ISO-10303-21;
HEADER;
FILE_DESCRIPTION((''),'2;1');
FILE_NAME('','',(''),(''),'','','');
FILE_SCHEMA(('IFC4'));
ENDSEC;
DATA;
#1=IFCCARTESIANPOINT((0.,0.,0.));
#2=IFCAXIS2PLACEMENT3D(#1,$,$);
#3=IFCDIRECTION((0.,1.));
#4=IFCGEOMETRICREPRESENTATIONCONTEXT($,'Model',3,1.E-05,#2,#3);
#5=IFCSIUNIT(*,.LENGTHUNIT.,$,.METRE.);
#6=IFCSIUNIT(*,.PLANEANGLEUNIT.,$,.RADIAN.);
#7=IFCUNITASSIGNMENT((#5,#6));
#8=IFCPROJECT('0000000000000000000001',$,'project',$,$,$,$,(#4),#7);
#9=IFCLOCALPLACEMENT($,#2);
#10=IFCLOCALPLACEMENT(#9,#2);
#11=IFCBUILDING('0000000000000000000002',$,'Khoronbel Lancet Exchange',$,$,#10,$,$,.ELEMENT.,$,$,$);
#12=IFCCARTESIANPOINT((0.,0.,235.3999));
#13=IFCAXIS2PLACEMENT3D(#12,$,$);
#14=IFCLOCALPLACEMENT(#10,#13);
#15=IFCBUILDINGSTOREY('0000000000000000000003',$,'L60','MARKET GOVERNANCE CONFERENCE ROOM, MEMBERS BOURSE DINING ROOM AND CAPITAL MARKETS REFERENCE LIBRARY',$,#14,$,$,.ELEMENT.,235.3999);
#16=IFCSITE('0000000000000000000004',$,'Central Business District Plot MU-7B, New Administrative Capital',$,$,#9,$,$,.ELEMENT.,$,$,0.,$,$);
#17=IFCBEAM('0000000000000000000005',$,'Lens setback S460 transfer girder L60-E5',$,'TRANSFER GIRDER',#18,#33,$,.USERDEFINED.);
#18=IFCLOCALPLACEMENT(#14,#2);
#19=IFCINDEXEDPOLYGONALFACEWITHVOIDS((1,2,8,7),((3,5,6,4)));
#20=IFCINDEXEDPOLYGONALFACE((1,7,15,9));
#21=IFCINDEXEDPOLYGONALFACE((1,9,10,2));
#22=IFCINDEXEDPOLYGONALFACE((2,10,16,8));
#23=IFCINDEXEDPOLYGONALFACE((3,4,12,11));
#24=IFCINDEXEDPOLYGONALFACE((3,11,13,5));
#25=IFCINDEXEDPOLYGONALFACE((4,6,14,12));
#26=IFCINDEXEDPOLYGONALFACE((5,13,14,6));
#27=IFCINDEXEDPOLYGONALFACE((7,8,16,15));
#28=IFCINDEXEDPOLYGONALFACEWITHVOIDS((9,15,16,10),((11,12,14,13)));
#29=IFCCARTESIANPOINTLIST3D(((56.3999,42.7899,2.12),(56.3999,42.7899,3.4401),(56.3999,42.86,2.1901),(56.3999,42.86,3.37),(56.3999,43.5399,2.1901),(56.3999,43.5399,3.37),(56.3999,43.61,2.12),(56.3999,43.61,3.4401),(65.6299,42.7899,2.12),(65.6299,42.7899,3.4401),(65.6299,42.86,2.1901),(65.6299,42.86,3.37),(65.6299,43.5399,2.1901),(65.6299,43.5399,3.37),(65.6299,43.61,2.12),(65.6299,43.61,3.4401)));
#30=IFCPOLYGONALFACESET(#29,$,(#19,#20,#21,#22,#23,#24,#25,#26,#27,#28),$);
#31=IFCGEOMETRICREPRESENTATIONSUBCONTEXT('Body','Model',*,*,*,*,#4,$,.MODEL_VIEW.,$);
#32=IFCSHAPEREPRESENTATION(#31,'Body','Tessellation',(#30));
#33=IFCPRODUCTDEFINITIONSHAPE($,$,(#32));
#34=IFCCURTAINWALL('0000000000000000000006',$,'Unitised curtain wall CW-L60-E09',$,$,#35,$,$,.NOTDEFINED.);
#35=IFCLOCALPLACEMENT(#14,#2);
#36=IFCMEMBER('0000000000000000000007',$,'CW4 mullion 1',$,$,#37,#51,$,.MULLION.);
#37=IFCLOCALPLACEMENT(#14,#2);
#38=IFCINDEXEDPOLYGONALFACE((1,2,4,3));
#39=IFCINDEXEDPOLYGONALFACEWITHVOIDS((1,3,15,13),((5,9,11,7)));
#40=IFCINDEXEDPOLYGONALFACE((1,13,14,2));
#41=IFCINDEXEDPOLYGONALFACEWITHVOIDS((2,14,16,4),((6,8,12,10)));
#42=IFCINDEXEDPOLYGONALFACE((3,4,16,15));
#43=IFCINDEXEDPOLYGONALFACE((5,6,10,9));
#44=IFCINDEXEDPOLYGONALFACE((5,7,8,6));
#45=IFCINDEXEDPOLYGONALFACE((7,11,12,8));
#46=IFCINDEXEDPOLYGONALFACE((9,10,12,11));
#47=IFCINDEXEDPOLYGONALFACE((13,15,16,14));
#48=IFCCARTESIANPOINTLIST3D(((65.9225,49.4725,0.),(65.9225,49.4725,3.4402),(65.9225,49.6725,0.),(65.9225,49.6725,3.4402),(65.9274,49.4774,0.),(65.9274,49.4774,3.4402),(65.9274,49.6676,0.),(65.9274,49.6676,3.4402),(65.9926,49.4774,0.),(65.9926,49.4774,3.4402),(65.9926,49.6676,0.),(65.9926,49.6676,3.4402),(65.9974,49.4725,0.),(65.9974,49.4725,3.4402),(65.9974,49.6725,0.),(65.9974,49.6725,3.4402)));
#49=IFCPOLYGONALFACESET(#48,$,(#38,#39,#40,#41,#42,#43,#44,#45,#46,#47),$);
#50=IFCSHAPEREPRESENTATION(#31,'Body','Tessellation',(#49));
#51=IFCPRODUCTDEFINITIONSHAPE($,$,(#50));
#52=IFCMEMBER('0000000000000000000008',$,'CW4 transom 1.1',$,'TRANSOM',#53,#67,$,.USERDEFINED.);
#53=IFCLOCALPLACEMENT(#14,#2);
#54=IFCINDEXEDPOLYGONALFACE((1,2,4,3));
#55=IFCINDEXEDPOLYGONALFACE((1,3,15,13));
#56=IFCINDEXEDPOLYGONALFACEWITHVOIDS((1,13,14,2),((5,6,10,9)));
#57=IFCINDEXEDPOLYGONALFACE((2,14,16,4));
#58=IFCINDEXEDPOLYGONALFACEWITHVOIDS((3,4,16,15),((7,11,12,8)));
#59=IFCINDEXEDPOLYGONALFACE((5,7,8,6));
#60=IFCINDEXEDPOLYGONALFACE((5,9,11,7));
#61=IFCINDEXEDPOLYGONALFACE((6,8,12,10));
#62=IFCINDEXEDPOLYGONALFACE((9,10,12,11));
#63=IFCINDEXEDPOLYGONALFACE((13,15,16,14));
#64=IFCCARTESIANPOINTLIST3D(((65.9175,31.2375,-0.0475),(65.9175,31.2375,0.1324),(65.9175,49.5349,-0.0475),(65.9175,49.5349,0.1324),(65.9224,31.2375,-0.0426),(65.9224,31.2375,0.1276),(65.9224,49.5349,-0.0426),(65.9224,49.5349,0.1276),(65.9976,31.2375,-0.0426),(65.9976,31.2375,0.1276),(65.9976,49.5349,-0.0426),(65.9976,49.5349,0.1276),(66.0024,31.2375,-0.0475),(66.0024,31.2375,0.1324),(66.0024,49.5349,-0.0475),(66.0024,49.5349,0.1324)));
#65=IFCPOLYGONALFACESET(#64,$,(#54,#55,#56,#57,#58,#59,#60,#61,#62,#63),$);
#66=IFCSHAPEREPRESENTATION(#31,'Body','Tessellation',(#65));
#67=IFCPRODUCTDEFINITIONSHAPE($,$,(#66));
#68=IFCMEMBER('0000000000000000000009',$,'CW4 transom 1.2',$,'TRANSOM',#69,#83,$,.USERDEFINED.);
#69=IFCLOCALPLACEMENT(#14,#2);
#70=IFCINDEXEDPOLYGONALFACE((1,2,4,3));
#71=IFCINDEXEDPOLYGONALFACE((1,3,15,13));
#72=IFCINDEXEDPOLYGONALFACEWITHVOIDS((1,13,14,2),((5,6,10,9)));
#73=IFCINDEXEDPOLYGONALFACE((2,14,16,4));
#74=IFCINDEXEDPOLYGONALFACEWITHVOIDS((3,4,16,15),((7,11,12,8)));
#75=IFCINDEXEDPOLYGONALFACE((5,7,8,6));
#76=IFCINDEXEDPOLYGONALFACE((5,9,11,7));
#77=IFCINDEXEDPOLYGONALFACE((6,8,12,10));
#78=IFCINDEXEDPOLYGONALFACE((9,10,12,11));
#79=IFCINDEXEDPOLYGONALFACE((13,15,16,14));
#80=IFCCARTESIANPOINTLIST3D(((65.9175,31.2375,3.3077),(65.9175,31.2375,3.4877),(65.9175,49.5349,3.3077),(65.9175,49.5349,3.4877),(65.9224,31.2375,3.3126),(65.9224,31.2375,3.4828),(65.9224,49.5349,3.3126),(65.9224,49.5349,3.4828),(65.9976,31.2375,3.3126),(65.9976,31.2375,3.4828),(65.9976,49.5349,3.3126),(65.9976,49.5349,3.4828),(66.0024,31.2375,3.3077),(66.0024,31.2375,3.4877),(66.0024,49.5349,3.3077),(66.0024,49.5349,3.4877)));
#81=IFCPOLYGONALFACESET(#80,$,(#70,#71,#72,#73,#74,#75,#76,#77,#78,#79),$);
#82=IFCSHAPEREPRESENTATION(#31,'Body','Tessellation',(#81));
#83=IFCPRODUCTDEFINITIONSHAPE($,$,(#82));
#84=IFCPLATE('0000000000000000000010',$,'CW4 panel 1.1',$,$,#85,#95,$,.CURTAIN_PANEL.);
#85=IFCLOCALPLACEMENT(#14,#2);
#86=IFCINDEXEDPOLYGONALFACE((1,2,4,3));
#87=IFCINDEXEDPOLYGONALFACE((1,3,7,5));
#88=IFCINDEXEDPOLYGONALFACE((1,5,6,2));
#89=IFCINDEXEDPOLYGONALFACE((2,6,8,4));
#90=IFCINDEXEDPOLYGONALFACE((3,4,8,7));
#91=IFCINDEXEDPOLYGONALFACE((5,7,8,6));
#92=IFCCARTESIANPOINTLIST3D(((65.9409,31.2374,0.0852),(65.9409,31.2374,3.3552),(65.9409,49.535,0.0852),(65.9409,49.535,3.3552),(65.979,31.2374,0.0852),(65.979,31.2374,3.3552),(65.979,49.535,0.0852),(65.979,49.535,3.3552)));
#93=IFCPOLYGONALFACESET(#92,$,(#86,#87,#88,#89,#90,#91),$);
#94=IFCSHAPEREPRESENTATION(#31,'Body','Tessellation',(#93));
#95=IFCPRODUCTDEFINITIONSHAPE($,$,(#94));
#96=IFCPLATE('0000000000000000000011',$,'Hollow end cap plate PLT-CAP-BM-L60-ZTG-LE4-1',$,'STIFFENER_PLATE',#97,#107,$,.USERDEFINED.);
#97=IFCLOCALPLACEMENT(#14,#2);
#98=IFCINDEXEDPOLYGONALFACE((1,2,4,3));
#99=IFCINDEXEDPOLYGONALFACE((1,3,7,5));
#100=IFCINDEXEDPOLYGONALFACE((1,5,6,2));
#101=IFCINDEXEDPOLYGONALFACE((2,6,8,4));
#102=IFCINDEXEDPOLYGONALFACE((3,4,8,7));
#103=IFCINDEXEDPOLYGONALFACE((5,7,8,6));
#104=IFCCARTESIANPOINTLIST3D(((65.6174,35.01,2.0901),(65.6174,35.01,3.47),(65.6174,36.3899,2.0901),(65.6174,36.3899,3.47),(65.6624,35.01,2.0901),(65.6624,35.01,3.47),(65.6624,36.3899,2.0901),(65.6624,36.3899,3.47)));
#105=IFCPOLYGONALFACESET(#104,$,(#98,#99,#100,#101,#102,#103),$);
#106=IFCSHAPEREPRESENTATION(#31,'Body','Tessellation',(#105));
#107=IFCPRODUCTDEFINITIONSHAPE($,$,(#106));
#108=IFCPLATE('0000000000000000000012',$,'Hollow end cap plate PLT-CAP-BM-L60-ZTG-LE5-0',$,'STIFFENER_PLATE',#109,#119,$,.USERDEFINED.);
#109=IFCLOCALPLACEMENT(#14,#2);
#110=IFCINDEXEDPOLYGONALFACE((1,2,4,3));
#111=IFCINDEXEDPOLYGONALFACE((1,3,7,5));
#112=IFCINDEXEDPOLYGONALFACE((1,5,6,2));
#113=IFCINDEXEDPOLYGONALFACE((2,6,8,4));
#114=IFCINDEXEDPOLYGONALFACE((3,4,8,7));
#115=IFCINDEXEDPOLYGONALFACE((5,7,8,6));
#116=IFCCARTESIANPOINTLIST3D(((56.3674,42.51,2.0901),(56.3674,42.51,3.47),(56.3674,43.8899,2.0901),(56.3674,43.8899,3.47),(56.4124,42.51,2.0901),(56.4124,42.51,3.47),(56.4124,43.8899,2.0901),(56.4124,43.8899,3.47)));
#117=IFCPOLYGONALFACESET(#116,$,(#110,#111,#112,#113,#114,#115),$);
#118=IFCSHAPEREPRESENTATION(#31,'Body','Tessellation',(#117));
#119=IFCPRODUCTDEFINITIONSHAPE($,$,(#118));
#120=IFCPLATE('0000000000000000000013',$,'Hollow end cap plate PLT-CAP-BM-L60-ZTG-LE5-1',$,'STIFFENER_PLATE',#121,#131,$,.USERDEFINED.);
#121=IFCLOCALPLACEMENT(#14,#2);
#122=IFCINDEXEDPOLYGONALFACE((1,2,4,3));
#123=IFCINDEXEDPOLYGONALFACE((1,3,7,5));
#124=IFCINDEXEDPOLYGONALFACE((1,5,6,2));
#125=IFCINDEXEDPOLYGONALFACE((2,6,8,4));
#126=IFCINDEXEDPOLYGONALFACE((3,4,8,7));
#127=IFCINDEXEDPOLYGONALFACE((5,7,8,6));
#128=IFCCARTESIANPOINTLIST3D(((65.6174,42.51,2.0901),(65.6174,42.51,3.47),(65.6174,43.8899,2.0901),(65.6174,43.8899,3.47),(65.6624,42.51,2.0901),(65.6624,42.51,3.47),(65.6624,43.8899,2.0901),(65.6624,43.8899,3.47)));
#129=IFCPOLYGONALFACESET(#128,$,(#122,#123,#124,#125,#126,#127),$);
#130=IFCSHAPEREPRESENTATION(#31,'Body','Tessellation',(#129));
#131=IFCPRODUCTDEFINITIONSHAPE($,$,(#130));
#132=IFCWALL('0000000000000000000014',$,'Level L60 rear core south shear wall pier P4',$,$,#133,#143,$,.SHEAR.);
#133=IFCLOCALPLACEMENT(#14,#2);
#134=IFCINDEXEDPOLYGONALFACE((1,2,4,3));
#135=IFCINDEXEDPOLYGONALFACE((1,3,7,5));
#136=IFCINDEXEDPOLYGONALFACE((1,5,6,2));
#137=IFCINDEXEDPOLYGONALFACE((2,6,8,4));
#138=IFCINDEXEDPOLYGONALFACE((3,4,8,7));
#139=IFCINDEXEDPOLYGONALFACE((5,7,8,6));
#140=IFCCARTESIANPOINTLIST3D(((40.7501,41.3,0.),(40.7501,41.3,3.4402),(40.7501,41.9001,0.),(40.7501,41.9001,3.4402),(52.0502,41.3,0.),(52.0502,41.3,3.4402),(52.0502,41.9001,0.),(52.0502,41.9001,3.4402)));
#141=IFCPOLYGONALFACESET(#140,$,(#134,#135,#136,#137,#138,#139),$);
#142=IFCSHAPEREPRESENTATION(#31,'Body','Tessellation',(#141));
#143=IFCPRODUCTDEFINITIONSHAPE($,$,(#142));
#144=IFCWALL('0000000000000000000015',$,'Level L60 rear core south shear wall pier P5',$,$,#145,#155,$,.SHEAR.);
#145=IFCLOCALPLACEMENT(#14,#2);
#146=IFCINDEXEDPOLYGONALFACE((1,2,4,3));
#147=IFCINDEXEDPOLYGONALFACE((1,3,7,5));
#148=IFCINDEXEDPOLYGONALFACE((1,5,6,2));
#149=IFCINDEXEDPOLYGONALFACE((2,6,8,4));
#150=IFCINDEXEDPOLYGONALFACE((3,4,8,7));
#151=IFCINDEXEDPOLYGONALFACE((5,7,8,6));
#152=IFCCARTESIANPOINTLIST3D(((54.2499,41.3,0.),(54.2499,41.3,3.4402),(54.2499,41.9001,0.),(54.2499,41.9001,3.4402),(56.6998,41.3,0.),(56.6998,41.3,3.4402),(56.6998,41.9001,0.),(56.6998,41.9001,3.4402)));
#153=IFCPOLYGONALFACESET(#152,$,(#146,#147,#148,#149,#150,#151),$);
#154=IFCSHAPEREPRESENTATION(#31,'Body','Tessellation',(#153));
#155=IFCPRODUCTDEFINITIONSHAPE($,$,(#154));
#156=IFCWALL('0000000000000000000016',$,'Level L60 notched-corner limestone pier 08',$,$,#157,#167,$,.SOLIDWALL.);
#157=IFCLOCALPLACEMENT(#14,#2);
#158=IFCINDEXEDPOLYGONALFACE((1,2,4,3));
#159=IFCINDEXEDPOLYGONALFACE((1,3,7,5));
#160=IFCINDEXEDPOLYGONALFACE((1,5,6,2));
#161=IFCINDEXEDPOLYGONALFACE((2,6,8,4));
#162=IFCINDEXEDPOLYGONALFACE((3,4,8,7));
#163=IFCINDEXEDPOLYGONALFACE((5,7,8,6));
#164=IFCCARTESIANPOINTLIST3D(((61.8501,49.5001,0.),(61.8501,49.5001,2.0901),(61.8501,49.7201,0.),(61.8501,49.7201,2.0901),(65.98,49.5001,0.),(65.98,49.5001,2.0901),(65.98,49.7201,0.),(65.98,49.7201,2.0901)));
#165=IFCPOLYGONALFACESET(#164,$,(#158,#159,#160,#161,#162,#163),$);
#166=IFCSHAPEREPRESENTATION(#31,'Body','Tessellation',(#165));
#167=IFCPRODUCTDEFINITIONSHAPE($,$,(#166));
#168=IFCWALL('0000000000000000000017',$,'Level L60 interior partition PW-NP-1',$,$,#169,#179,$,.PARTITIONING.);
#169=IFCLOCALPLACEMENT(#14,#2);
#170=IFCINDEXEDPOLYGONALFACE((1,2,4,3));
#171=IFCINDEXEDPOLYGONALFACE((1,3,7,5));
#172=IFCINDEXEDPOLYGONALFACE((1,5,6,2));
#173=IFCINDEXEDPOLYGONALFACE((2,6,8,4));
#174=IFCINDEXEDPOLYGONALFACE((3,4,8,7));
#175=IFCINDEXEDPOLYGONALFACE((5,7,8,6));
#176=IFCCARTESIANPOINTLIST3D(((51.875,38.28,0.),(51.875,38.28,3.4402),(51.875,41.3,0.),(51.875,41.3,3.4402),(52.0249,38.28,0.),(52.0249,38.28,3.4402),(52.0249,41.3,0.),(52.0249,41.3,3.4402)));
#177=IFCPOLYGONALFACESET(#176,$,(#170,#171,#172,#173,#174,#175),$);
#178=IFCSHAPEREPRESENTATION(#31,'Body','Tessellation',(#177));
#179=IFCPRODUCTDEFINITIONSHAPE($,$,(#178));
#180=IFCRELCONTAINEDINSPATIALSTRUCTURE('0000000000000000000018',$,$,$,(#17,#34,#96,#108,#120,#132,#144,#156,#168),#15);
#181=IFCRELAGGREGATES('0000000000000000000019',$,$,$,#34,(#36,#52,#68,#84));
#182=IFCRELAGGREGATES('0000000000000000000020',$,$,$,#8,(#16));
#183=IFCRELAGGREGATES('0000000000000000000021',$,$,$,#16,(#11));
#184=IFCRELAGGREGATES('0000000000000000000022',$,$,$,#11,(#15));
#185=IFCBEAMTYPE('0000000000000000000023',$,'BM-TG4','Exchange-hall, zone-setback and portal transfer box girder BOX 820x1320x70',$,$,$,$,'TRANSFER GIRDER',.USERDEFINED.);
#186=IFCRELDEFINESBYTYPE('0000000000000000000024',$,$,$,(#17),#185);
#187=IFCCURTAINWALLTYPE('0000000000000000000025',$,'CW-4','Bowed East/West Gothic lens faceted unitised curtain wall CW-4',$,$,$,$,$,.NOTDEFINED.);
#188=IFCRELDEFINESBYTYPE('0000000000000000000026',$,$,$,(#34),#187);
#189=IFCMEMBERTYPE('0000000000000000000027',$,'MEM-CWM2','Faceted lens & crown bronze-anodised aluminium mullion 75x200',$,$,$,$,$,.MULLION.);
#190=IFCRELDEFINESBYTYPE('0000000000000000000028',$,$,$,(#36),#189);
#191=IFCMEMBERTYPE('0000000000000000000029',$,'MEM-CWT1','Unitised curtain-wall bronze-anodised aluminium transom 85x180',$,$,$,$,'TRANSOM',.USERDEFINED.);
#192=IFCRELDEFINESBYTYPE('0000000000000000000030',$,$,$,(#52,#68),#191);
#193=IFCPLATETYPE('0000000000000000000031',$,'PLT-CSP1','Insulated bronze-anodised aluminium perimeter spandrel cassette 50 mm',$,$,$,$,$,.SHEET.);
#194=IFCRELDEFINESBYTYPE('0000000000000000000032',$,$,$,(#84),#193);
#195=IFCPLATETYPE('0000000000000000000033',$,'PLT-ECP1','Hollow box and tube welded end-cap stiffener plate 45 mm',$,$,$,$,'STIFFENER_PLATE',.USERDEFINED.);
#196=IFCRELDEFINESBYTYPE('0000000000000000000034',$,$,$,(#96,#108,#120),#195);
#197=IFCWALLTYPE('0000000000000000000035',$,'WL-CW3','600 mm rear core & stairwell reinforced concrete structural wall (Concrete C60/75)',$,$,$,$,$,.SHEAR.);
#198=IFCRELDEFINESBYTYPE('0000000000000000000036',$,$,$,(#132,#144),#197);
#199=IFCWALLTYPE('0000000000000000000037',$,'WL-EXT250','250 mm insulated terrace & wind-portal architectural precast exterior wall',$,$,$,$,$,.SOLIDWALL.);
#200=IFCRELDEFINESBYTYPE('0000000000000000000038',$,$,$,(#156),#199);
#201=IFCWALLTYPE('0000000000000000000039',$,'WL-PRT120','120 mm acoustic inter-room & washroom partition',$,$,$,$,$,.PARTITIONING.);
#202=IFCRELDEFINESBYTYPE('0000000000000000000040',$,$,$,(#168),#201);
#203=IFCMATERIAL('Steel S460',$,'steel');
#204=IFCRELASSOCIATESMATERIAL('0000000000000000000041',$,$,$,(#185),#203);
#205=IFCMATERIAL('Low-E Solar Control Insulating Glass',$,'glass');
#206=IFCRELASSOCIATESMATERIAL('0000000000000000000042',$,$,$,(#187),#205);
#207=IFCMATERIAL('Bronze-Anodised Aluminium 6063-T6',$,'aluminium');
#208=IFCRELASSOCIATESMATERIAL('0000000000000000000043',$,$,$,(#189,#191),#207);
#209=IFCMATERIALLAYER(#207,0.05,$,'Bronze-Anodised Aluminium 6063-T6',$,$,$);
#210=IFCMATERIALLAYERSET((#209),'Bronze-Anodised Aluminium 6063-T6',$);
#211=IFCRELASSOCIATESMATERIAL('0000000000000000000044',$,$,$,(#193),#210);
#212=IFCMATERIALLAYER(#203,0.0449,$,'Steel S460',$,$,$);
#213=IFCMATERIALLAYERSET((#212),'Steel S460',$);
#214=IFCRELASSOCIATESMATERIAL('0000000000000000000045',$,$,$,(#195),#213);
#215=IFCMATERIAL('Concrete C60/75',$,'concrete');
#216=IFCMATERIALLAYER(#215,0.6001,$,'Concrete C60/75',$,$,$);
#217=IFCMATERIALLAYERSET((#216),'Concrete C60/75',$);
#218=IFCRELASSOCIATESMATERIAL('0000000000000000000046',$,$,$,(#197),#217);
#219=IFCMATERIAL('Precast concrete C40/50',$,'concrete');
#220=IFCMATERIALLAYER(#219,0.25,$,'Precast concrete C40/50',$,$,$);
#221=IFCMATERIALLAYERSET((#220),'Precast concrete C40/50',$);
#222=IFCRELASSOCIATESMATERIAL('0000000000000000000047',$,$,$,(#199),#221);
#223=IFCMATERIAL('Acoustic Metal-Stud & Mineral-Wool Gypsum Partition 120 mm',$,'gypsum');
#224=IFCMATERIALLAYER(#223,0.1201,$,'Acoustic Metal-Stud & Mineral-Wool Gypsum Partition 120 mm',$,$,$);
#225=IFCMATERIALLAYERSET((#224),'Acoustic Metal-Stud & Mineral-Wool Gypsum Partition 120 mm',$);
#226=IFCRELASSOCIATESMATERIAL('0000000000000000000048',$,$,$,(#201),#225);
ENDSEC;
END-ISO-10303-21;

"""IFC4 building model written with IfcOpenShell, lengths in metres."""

from ifc_helpers import new_model, si_unit, direction, frame, frame_2d, origin, origin_2d, place, context, subcontext, project, spatial, rectangle, hollow_rectangle, extrude, material, layer, layer_set, material_profile, profile_set, type_object, element, aggregate, save


model = new_model("IFC4")

# Units and contexts
model_context = context("Model", 3, precision=1e-05, world=origin(), true_north=direction((0.0, 1.0)))
body_context = subcontext(model_context, "Body", "Model", "MODEL_VIEW")
ifc_project = project(units=[si_unit("LENGTHUNIT", "METRE"), si_unit("PLANEANGLEUNIT", "RADIAN")], contexts=[model_context])

# Site, building, storey
site_placement = place(None, origin())
site = spatial("IfcSite", under=ifc_project, at=site_placement, Name="Central Business District Plot MU-7B, New Administrative Capital", CompositionType="ELEMENT", RefElevation=0.0)
building_placement = place(site_placement, origin())
building = spatial("IfcBuilding", under=site, at=building_placement, Name="Khoronbel Lancet Exchange", CompositionType="ELEMENT")
storey_placement = place(building_placement, frame((0.0, 0.0, 235.3999)))
storey = spatial("IfcBuildingStorey", under=building, at=storey_placement, Name="L60", Description="MARKET GOVERNANCE CONFERENCE ROOM, MEMBERS BOURSE DINING ROOM AND CAPITAL MARKETS REFERENCE LIBRARY", CompositionType="ELEMENT", Elevation=235.3999)

# Beam
ifc_material_1 = material(Name="Concrete C60/75", Category="concrete")
ifc_material_2 = material(Name="Steel S460", Category="steel")
ifc_material_profile_1 = material_profile(ifc_material_2, hollow_rectangle(XDim=0.8201, YDim=1.3201, WallThickness=0.0701, at=origin_2d()), Name="BOX 820x1320x70")
ifc_profile_set_1 = profile_set([ifc_material_profile_1], Name="Steel S460")
beam_type_1 = type_object("IfcBeamType", Name="BM-TG4", Description="Exchange-hall, zone-setback and portal transfer box girder BOX 820x1320x70", ElementType="TRANSFER GIRDER", PredefinedType="USERDEFINED", material=ifc_profile_set_1)
beam_1_placement = place(storey_placement, frame((56.3999, 43.2, 2.78), z_axis=(1.0, 0.0, 0.0), x_axis=(0.0, 1.0, 0.0)))
element("IfcBeam", 1, at=beam_1_placement, inside=storey, type_object=beam_type_1, Name="Lens setback S460 transfer girder L60-E5", ObjectType="TRANSFER GIRDER", PredefinedType="USERDEFINED", context=body_context, shape_type="SweptSolid", body=[
    extrude(hollow_rectangle(XDim=0.8201, YDim=1.3201, WallThickness=0.0701, at=origin_2d()), origin(), (0.0, 0.0, 1.0), 9.23),
])

# Curtain wall, members, plate
ifc_material_3 = material(Name="Low-E Solar Control Insulating Glass", Category="glass")
curtain_wall_type = type_object("IfcCurtainWallType", Name="CW-4", Description="Bowed East/West Gothic lens faceted unitised curtain wall CW-4", PredefinedType="NOTDEFINED", material=ifc_material_3)
curtain_wall_placement = place(storey_placement, origin())
curtain_wall = element("IfcCurtainWall", 2, at=curtain_wall_placement, inside=storey, type_object=curtain_wall_type, Name="Unitised curtain wall CW-L60-E09", PredefinedType="NOTDEFINED")
ifc_material_4 = material(Name="Bronze-Anodised Aluminium 6063-T6", Category="aluminium")
ifc_material_profile_2 = material_profile(ifc_material_4, hollow_rectangle(XDim=0.075, YDim=0.2, WallThickness=0.0049, at=origin_2d()), Name="ALU MULLION 75x200")
ifc_profile_set_2 = profile_set([ifc_material_profile_2], Name="Bronze-Anodised Aluminium 6063-T6")
member_type_1 = type_object("IfcMemberType", Name="MEM-CWM2", Description="Faceted lens & crown bronze-anodised aluminium mullion 75x200", PredefinedType="MULLION", material=ifc_profile_set_2)
member_1_placement = place(storey_placement, frame((65.96, 49.5725, 0.0), z_axis=(0.0, 0.0, 1.0), x_axis=(1.0, 0.0, 0.0)))
member_1 = element("IfcMember", 3, at=member_1_placement, type_object=member_type_1, Name="CW4 mullion 1", PredefinedType="MULLION", context=body_context, shape_type="SweptSolid", body=[
    extrude(hollow_rectangle(XDim=0.075, YDim=0.2, WallThickness=0.0049, at=origin_2d()), origin(), (0.0, 0.0, 1.0), 3.4402),
])
ifc_material_profile_3 = material_profile(ifc_material_4, hollow_rectangle(XDim=0.085, YDim=0.1799, WallThickness=0.0049, at=origin_2d()), Name="ALU TRANSOM 85x180")
ifc_profile_set_3 = profile_set([ifc_material_profile_3], Name="Bronze-Anodised Aluminium 6063-T6")
member_type_2 = type_object("IfcMemberType", Name="MEM-CWT1", Description="Unitised curtain-wall bronze-anodised aluminium transom 85x180", ElementType="TRANSOM", PredefinedType="USERDEFINED", material=ifc_profile_set_3)
member_2_placement = place(storey_placement, frame((65.96, 49.5349, 0.0425), z_axis=(0.0, -1.0, 0.0), x_axis=(1.0, 0.0, 0.0)))
member_2 = element("IfcMember", 4, at=member_2_placement, type_object=member_type_2, Name="CW4 transom 1.1", ObjectType="TRANSOM", PredefinedType="USERDEFINED", context=body_context, shape_type="SweptSolid", body=[
    extrude(hollow_rectangle(XDim=0.085, YDim=0.1799, WallThickness=0.0049, at=origin_2d()), origin(), (0.0, 0.0, 1.0), 18.2974),
])
member_3_placement = place(storey_placement, frame((65.96, 49.5349, 3.3977), z_axis=(0.0, -1.0, 0.0), x_axis=(1.0, 0.0, 0.0)))
member_3 = element("IfcMember", 5, at=member_3_placement, type_object=member_type_2, Name="CW4 transom 1.2", ObjectType="TRANSOM", PredefinedType="USERDEFINED", context=body_context, shape_type="SweptSolid", body=[
    extrude(hollow_rectangle(XDim=0.085, YDim=0.1799, WallThickness=0.0049, at=origin_2d()), origin(), (0.0, 0.0, 1.0), 18.2974),
])
ifc_layer_1 = layer(ifc_material_4, 0.05, Name="Bronze-Anodised Aluminium 6063-T6")
ifc_layer_set_1 = layer_set([ifc_layer_1], Name="Bronze-Anodised Aluminium 6063-T6")
plate_type_1 = type_object("IfcPlateType", Name="PLT-CSP1", Description="Insulated bronze-anodised aluminium perimeter spandrel cassette 50 mm", PredefinedType="SHEET", material=ifc_layer_set_1)
plate_placement = place(storey_placement, frame((65.96, 40.3862, 0.0852), z_axis=(0.0, 0.0, 1.0), x_axis=(0.0, -1.0, 0.0)))
plate = element("IfcPlate", 6, at=plate_placement, type_object=plate_type_1, Name="CW4 panel 1.1", PredefinedType="CURTAIN_PANEL", context=body_context, shape_type="SweptSolid", body=[
    extrude(rectangle(XDim=18.2976, YDim=0.0381, at=origin_2d()), origin(), (0.0, 0.0, 1.0), 3.27),
])
aggregate(curtain_wall, [member_1, member_2, member_3, plate])

# Plates
ifc_layer_2 = layer(ifc_material_2, 0.0449, Name="Steel S460")
ifc_layer_set_2 = layer_set([ifc_layer_2], Name="Steel S460")
plate_type_2 = type_object("IfcPlateType", Name="PLT-ECP1", Description="Hollow box and tube welded end-cap stiffener plate 45 mm", ElementType="STIFFENER_PLATE", PredefinedType="USERDEFINED", material=ifc_layer_set_2)
for number, where, z_axis, x_axis, name in (
    (7, (65.6399, 35.7, 2.0901), (0.0, 0.0, 1.0), (1.0, 0.0, 0.0), "Hollow end cap plate PLT-CAP-BM-L60-ZTG-LE4-1"),
    (8, (56.3899, 43.2, 2.0901), (0.0, 0.0, 1.0), (-1.0, 0.0, 0.0), "Hollow end cap plate PLT-CAP-BM-L60-ZTG-LE5-0"),
    (9, (65.6399, 43.2, 2.0901), (0.0, 0.0, 1.0), (1.0, 0.0, 0.0), "Hollow end cap plate PLT-CAP-BM-L60-ZTG-LE5-1"),
):
    element("IfcPlate", number, at=place(storey_placement, frame(where, z_axis=z_axis, x_axis=x_axis)), inside=storey, type_object=plate_type_2, Name=name, ObjectType="STIFFENER_PLATE", PredefinedType="USERDEFINED", context=body_context, shape_type="SweptSolid", body=[
        extrude(rectangle(XDim=0.0449, YDim=1.3799, at=origin_2d()), origin(), (0.0, 0.0, 1.0), 1.3799),
    ])

# Walls
ifc_layer_3 = layer(ifc_material_1, 0.6001, Name="Concrete C60/75")
ifc_layer_set_3 = layer_set([ifc_layer_3], Name="Concrete C60/75")
wall_type_1 = type_object("IfcWallType", Name="WL-CW3", Description="600 mm rear core & stairwell reinforced concrete structural wall (Concrete C60/75)", PredefinedType="SHEAR", material=ifc_layer_set_3)
wall_1_placement = place(storey_placement, frame((52.05, 41.6001, 0.0), z_axis=(0.0, 0.0, 1.0), x_axis=(-1.0, 0.0, 0.0)))
element("IfcWall", 10, at=wall_1_placement, inside=storey, type_object=wall_type_1, Name="Level L60 rear core south shear wall pier P4", PredefinedType="SHEAR", context=body_context, shape_type="SweptSolid", body=[
    extrude(rectangle(XDim=11.3, YDim=0.6001, at=frame_2d((5.6499, 0.0))), origin(), (0.0, 0.0, 1.0), 3.4402),
])
wall_2_placement = place(storey_placement, frame((56.7, 41.6001, 0.0), z_axis=(0.0, 0.0, 1.0), x_axis=(-1.0, 0.0, 0.0)))
element("IfcWall", 11, at=wall_2_placement, inside=storey, type_object=wall_type_1, Name="Level L60 rear core south shear wall pier P5", PredefinedType="SHEAR", context=body_context, shape_type="SweptSolid", body=[
    extrude(rectangle(XDim=2.45, YDim=0.6001, at=frame_2d((1.2251, 0.0))), origin(), (0.0, 0.0, 1.0), 3.4402),
])
ifc_material_5 = material(Name="Precast concrete C40/50", Category="concrete")
ifc_layer_4 = layer(ifc_material_5, 0.25, Name="Precast concrete C40/50")
ifc_layer_set_4 = layer_set([ifc_layer_4], Name="Precast concrete C40/50")
wall_type_2 = type_object("IfcWallType", Name="WL-EXT250", Description="250 mm insulated terrace & wind-portal architectural precast exterior wall", PredefinedType="SOLIDWALL", material=ifc_layer_set_4)
wall_3_placement = place(storey_placement, frame((61.8501, 49.6101, 0.0), z_axis=(0.0, 0.0, 1.0), x_axis=(1.0, 0.0, 0.0)))
element("IfcWall", 12, at=wall_3_placement, inside=storey, type_object=wall_type_2, Name="Level L60 notched-corner limestone pier 08", PredefinedType="SOLIDWALL", context=body_context, shape_type="SweptSolid", body=[
    extrude(rectangle(XDim=4.1299, YDim=0.22, at=frame_2d((2.0649, 0.0))), origin(), (0.0, 0.0, 1.0), 2.0901),
])
ifc_material_6 = material(Name="Acoustic Metal-Stud & Mineral-Wool Gypsum Partition 120 mm", Category="gypsum")
ifc_layer_5 = layer(ifc_material_6, 0.1201, Name="Acoustic Metal-Stud & Mineral-Wool Gypsum Partition 120 mm")
ifc_layer_set_5 = layer_set([ifc_layer_5], Name="Acoustic Metal-Stud & Mineral-Wool Gypsum Partition 120 mm")
wall_type_3 = type_object("IfcWallType", Name="WL-PRT120", Description="120 mm acoustic inter-room & washroom partition", PredefinedType="PARTITIONING", material=ifc_layer_set_5)
wall_4_placement = place(storey_placement, frame((51.95, 38.28, 0.0), z_axis=(0.0, 0.0, 1.0), x_axis=(0.0, 1.0, 0.0)))
element("IfcWall", 13, at=wall_4_placement, inside=storey, type_object=wall_type_3, Name="Level L60 interior partition PW-NP-1", PredefinedType="PARTITIONING", context=body_context, shape_type="SweptSolid", body=[
    extrude(rectangle(XDim=3.02, YDim=0.1499, at=frame_2d((1.51, 0.0))), origin(), (0.0, 0.0, 1.0), 3.4402),
])

save(model, "model.ifc")
